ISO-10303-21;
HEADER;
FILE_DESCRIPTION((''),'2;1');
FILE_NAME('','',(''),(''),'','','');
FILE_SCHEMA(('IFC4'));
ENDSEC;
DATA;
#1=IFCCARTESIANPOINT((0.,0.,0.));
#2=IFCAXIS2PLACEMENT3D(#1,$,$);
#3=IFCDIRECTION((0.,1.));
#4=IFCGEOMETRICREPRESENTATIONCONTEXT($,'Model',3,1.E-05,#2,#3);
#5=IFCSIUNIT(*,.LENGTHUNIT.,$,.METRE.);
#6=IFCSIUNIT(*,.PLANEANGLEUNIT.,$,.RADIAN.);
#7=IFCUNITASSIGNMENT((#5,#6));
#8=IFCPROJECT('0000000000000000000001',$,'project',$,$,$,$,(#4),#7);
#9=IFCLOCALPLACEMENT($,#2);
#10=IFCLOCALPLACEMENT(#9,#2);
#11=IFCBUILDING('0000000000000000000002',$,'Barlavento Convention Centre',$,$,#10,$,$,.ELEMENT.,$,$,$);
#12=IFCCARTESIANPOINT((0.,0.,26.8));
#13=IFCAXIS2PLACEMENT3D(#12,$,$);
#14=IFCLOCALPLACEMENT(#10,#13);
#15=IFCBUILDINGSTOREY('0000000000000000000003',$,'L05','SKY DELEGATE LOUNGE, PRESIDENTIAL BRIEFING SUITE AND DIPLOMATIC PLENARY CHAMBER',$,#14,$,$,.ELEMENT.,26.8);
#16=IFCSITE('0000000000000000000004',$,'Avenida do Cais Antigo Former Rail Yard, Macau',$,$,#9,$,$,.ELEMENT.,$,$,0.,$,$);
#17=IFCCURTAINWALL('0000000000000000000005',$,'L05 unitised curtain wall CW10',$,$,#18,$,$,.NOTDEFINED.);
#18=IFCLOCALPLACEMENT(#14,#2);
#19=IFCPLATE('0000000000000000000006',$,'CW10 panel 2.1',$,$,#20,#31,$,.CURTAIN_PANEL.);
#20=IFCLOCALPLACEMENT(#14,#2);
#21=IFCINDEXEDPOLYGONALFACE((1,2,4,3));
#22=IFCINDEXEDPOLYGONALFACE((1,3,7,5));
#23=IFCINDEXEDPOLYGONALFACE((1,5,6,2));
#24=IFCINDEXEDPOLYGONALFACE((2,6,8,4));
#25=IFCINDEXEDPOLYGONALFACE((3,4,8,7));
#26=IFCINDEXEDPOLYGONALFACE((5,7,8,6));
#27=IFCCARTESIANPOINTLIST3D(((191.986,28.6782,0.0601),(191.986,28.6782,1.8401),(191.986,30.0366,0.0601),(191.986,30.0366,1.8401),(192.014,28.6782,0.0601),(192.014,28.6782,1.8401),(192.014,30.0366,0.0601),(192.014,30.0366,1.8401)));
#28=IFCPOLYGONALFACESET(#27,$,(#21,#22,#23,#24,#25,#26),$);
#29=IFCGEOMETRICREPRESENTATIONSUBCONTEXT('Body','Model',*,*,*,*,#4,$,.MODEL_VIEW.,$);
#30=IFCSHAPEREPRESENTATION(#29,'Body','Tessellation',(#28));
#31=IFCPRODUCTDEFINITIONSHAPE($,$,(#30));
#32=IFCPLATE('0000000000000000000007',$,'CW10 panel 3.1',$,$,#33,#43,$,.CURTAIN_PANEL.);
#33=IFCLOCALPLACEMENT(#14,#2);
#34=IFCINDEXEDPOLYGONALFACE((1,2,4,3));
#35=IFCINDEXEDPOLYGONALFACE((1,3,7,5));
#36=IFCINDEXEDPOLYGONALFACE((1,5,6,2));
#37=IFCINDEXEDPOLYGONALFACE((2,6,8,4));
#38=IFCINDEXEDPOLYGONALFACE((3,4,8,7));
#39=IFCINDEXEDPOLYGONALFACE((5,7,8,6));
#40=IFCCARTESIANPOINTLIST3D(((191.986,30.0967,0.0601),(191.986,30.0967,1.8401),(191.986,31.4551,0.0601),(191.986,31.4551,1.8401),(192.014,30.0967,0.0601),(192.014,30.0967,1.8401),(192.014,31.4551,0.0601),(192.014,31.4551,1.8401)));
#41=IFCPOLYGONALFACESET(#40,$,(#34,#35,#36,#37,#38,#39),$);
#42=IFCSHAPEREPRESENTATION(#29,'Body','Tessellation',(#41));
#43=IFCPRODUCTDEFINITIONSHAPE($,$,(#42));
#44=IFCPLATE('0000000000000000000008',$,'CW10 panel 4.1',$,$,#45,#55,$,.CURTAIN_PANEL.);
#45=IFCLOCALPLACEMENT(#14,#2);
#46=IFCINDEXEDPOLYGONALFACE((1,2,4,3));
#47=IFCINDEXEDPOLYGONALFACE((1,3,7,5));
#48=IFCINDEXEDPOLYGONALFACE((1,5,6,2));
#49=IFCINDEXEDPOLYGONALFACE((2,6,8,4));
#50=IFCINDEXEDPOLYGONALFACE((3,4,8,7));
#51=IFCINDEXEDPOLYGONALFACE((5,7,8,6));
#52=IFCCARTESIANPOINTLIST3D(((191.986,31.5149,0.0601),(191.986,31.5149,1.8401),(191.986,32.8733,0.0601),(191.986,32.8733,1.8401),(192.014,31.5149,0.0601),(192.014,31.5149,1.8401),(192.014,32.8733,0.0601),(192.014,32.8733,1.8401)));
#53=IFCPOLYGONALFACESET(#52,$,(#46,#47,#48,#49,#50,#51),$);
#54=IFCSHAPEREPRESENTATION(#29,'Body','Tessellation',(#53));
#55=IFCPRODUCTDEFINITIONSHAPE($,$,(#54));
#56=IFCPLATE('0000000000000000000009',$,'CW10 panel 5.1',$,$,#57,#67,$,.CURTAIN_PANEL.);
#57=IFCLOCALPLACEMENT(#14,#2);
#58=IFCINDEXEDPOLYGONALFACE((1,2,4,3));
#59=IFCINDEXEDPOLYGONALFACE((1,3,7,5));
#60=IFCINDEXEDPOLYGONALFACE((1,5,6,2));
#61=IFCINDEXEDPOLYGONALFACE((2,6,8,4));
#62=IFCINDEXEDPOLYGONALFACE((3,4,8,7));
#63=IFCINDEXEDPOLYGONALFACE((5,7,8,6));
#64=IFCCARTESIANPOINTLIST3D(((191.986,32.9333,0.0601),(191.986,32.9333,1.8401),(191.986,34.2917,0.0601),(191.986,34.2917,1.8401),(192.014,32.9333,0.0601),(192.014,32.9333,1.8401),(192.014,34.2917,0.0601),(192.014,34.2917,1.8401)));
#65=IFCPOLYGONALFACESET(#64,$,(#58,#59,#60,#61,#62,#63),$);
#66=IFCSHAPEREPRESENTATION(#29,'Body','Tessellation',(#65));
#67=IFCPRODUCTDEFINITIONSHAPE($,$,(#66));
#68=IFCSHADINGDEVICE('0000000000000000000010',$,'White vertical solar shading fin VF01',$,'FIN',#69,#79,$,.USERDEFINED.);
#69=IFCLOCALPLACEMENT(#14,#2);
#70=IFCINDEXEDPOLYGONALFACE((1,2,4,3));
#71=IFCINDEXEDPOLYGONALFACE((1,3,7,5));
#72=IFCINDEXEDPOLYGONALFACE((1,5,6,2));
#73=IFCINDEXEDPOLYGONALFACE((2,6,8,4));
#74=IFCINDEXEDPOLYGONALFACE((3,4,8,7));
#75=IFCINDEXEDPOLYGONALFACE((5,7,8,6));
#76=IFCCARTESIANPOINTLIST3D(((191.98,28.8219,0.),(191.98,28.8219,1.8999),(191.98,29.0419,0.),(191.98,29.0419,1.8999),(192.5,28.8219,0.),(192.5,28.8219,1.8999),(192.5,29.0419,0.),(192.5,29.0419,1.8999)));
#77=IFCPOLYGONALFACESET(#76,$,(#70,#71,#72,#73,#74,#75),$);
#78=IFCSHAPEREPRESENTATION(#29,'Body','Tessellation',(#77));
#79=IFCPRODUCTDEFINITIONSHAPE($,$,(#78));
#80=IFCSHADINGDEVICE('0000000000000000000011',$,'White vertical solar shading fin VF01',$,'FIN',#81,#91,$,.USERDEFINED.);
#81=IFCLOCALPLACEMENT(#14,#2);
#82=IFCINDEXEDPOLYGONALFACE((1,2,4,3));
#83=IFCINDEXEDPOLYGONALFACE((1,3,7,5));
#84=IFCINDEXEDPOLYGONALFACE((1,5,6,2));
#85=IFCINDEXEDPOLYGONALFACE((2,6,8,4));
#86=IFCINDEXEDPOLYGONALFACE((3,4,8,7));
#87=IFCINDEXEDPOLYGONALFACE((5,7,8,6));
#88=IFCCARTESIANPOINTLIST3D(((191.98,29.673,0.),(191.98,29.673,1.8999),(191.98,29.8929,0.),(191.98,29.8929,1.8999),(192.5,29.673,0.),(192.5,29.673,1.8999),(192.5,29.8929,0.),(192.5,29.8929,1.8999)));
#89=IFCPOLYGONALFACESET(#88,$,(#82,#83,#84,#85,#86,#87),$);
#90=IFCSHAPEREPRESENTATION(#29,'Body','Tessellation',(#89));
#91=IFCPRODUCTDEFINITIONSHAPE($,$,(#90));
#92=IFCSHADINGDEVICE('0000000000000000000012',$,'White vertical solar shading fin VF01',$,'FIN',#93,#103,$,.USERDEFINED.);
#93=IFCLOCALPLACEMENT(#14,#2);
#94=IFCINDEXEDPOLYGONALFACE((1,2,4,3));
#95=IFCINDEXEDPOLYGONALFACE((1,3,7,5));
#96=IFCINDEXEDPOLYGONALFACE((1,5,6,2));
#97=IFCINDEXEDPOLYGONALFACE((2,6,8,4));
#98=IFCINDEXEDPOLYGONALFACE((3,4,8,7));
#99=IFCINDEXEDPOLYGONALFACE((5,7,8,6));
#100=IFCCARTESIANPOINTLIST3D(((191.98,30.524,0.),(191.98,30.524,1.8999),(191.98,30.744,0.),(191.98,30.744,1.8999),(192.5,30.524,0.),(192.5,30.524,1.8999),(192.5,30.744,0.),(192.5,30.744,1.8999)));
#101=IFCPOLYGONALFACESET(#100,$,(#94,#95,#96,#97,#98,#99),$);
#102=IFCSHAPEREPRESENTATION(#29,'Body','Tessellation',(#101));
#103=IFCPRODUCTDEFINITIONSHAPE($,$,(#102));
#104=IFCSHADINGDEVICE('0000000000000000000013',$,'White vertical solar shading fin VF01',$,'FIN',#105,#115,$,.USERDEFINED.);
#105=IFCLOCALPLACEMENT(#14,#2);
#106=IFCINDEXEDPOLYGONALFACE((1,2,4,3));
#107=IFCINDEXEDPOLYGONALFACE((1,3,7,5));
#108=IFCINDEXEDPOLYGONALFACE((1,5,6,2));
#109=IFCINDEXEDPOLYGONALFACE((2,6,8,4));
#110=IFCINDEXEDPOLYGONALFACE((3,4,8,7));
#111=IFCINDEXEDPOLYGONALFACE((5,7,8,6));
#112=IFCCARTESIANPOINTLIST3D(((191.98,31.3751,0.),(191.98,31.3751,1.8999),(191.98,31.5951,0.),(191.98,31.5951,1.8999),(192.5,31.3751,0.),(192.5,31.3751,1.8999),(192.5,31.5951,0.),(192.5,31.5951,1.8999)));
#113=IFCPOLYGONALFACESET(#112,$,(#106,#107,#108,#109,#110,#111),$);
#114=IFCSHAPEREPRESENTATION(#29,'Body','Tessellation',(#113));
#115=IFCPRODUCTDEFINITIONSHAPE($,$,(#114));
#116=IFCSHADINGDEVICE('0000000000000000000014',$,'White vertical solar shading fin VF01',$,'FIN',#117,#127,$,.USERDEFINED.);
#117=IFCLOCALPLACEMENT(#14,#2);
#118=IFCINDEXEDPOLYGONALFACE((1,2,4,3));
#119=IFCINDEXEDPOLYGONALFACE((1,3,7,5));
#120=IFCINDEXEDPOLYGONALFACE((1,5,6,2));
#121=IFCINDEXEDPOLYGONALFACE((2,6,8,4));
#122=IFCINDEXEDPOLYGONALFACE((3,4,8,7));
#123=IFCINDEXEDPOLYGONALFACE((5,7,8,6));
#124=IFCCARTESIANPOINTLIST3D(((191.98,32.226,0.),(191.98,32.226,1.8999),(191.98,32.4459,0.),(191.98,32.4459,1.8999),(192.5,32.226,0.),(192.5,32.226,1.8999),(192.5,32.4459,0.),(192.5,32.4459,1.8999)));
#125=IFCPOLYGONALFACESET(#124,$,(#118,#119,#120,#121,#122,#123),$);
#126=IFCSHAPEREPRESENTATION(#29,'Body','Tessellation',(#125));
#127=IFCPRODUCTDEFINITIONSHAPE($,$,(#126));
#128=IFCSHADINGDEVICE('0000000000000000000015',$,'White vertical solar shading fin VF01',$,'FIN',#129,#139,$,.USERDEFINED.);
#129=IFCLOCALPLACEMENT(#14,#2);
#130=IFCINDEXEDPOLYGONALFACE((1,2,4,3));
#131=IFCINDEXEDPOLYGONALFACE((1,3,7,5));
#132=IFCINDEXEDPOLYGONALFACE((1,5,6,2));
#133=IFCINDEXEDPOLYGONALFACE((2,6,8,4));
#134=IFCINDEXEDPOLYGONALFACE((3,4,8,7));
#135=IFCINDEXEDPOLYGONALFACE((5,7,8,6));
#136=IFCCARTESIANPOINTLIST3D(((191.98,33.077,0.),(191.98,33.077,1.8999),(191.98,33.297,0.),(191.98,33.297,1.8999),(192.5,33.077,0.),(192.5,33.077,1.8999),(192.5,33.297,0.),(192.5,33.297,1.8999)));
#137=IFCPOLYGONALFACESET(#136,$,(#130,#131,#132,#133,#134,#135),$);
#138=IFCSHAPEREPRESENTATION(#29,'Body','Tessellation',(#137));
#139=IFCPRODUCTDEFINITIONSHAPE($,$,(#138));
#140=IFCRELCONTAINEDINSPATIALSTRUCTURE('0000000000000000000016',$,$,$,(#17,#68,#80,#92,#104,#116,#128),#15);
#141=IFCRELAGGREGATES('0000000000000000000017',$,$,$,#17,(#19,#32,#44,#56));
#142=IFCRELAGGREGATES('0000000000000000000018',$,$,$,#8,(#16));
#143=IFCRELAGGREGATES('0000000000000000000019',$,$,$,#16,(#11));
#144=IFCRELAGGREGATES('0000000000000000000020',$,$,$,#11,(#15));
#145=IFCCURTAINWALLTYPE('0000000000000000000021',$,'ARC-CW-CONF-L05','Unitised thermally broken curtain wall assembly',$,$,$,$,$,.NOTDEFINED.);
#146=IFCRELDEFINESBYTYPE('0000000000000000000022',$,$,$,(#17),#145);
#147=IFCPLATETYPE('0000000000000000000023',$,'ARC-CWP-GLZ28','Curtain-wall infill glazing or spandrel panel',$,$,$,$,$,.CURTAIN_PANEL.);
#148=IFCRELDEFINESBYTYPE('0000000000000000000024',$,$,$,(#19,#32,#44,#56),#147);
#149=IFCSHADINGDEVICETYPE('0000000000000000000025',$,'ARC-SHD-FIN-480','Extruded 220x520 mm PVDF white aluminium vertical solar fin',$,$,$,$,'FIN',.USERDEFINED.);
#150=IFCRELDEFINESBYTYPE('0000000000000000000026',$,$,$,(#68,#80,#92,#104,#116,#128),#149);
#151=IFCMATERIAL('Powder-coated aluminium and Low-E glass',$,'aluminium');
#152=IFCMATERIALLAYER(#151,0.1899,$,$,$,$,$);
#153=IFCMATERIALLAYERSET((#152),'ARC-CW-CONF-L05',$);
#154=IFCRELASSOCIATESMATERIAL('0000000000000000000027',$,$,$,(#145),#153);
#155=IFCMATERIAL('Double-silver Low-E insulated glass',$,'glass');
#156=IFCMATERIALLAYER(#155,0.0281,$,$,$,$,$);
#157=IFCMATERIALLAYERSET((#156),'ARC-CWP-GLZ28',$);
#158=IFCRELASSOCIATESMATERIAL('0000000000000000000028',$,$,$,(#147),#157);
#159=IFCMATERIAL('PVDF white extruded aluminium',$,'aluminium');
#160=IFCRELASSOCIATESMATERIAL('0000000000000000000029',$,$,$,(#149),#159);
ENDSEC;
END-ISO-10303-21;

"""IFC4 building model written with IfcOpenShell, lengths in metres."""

from ifc_helpers import new_model, si_unit, direction, frame, origin, origin_2d, place, context, subcontext, project, spatial, rectangle, extrude, material, layer, layer_set, type_object, element, aggregate, save


model = new_model("IFC4")

# Units and contexts
model_context = context("Model", 3, precision=1e-05, world=origin(), true_north=direction((0.0, 1.0)))
body_context = subcontext(model_context, "Body", "Model", "MODEL_VIEW")
ifc_project = project(units=[si_unit("LENGTHUNIT", "METRE"), si_unit("PLANEANGLEUNIT", "RADIAN")], contexts=[model_context])

# Site, building, storey
site_placement = place(None, origin())
site = spatial("IfcSite", under=ifc_project, at=site_placement, Name="Avenida do Cais Antigo Former Rail Yard, Macau", CompositionType="ELEMENT", RefElevation=0.0)
building_placement = place(site_placement, origin())
building = spatial("IfcBuilding", under=site, at=building_placement, Name="Barlavento Convention Centre", CompositionType="ELEMENT")
storey_placement = place(building_placement, frame((0.0, 0.0, 26.8)))
storey = spatial("IfcBuildingStorey", under=building, at=storey_placement, Name="L05", Description="SKY DELEGATE LOUNGE, PRESIDENTIAL BRIEFING SUITE AND DIPLOMATIC PLENARY CHAMBER", CompositionType="ELEMENT", Elevation=26.8)

# Curtain wall, plates
ifc_material_1 = material(Name="Powder-coated aluminium and Low-E glass", Category="aluminium")
ifc_layer_1 = layer(ifc_material_1, 0.1899)
ifc_layer_set_1 = layer_set([ifc_layer_1], Name="ARC-CW-CONF-L05")
curtain_wall_type = type_object("IfcCurtainWallType", Name="ARC-CW-CONF-L05", Description="Unitised thermally broken curtain wall assembly", PredefinedType="NOTDEFINED", material=ifc_layer_set_1)
curtain_wall_placement = place(storey_placement, origin())
curtain_wall = element("IfcCurtainWall", 1, at=curtain_wall_placement, inside=storey, type_object=curtain_wall_type, Name="L05 unitised curtain wall CW10", PredefinedType="NOTDEFINED")
ifc_material_2 = material(Name="Double-silver Low-E insulated glass", Category="glass")
ifc_layer_2 = layer(ifc_material_2, 0.0281)
ifc_layer_set_2 = layer_set([ifc_layer_2], Name="ARC-CWP-GLZ28")
plate_type = type_object("IfcPlateType", Name="ARC-CWP-GLZ28", Description="Curtain-wall infill glazing or spandrel panel", PredefinedType="CURTAIN_PANEL", material=ifc_layer_set_2)
plate_1_placement = place(storey_placement, frame((192.0, 29.3574, 0.0601), z_axis=(0.0, 0.0, 1.0), x_axis=(0.0, 1.0, 0.0)))
plate_1 = element("IfcPlate", 2, at=plate_1_placement, type_object=plate_type, Name="CW10 panel 2.1", PredefinedType="CURTAIN_PANEL", context=body_context, shape_type="SweptSolid", body=[
    extrude(rectangle(XDim=1.3584, YDim=0.0281, at=origin_2d()), origin(), (0.0, 0.0, 1.0), 1.78),
])
plate_2_placement = place(storey_placement, frame((192.0, 30.7759, 0.0601), z_axis=(0.0, 0.0, 1.0), x_axis=(0.0, 1.0, 0.0)))
plate_2 = element("IfcPlate", 3, at=plate_2_placement, type_object=plate_type, Name="CW10 panel 3.1", PredefinedType="CURTAIN_PANEL", context=body_context, shape_type="SweptSolid", body=[
    extrude(rectangle(XDim=1.3584, YDim=0.0281, at=origin_2d()), origin(), (0.0, 0.0, 1.0), 1.78),
])
plate_3_placement = place(storey_placement, frame((192.0, 32.1941, 0.0601), z_axis=(0.0, 0.0, 1.0), x_axis=(0.0, 1.0, 0.0)))
plate_3 = element("IfcPlate", 4, at=plate_3_placement, type_object=plate_type, Name="CW10 panel 4.1", PredefinedType="CURTAIN_PANEL", context=body_context, shape_type="SweptSolid", body=[
    extrude(rectangle(XDim=1.3584, YDim=0.0281, at=origin_2d()), origin(), (0.0, 0.0, 1.0), 1.78),
])
plate_4_placement = place(storey_placement, frame((192.0, 33.6125, 0.0601), z_axis=(0.0, 0.0, 1.0), x_axis=(0.0, 1.0, 0.0)))
plate_4 = element("IfcPlate", 5, at=plate_4_placement, type_object=plate_type, Name="CW10 panel 5.1", PredefinedType="CURTAIN_PANEL", context=body_context, shape_type="SweptSolid", body=[
    extrude(rectangle(XDim=1.3584, YDim=0.0281, at=origin_2d()), origin(), (0.0, 0.0, 1.0), 1.78),
])
aggregate(curtain_wall, [plate_1, plate_2, plate_3, plate_4])

# Shading devices
ifc_material_3 = material(Name="PVDF white extruded aluminium", Category="aluminium")
shading_device_type = type_object("IfcShadingDeviceType", Name="ARC-SHD-FIN-480", Description="Extruded 220x520 mm PVDF white aluminium vertical solar fin", ElementType="FIN", PredefinedType="USERDEFINED", material=ifc_material_3)
for number, where, z_axis, x_axis, name in (
    (6, (192.24, 28.9319, 0.0), (0.0, 0.0, 1.0), (0.0, 1.0, 0.0), "White vertical solar shading fin VF01"),
    (7, (192.24, 29.783, 0.0), (0.0, 0.0, 1.0), (0.0, 1.0, 0.0), "White vertical solar shading fin VF01"),
    (8, (192.24, 30.634, 0.0), (0.0, 0.0, 1.0), (0.0, 1.0, 0.0), "White vertical solar shading fin VF01"),
    (9, (192.24, 31.4851, 0.0), (0.0, 0.0, 1.0), (0.0, 1.0, 0.0), "White vertical solar shading fin VF01"),
    (10, (192.24, 32.3359, 0.0), (0.0, 0.0, 1.0), (0.0, 1.0, 0.0), "White vertical solar shading fin VF01"),
    (11, (192.24, 33.187, 0.0), (0.0, 0.0, 1.0), (0.0, 1.0, 0.0), "White vertical solar shading fin VF01"),
):
    element("IfcShadingDevice", number, at=place(storey_placement, frame(where, z_axis=z_axis, x_axis=x_axis)), inside=storey, type_object=shading_device_type, Name=name, ObjectType="FIN", PredefinedType="USERDEFINED", context=body_context, shape_type="SweptSolid", body=[
        extrude(rectangle(XDim=0.22, YDim=0.52, at=origin_2d()), origin(), (0.0, 0.0, 1.0), 1.8999),
    ])

save(model, "model.ifc")
